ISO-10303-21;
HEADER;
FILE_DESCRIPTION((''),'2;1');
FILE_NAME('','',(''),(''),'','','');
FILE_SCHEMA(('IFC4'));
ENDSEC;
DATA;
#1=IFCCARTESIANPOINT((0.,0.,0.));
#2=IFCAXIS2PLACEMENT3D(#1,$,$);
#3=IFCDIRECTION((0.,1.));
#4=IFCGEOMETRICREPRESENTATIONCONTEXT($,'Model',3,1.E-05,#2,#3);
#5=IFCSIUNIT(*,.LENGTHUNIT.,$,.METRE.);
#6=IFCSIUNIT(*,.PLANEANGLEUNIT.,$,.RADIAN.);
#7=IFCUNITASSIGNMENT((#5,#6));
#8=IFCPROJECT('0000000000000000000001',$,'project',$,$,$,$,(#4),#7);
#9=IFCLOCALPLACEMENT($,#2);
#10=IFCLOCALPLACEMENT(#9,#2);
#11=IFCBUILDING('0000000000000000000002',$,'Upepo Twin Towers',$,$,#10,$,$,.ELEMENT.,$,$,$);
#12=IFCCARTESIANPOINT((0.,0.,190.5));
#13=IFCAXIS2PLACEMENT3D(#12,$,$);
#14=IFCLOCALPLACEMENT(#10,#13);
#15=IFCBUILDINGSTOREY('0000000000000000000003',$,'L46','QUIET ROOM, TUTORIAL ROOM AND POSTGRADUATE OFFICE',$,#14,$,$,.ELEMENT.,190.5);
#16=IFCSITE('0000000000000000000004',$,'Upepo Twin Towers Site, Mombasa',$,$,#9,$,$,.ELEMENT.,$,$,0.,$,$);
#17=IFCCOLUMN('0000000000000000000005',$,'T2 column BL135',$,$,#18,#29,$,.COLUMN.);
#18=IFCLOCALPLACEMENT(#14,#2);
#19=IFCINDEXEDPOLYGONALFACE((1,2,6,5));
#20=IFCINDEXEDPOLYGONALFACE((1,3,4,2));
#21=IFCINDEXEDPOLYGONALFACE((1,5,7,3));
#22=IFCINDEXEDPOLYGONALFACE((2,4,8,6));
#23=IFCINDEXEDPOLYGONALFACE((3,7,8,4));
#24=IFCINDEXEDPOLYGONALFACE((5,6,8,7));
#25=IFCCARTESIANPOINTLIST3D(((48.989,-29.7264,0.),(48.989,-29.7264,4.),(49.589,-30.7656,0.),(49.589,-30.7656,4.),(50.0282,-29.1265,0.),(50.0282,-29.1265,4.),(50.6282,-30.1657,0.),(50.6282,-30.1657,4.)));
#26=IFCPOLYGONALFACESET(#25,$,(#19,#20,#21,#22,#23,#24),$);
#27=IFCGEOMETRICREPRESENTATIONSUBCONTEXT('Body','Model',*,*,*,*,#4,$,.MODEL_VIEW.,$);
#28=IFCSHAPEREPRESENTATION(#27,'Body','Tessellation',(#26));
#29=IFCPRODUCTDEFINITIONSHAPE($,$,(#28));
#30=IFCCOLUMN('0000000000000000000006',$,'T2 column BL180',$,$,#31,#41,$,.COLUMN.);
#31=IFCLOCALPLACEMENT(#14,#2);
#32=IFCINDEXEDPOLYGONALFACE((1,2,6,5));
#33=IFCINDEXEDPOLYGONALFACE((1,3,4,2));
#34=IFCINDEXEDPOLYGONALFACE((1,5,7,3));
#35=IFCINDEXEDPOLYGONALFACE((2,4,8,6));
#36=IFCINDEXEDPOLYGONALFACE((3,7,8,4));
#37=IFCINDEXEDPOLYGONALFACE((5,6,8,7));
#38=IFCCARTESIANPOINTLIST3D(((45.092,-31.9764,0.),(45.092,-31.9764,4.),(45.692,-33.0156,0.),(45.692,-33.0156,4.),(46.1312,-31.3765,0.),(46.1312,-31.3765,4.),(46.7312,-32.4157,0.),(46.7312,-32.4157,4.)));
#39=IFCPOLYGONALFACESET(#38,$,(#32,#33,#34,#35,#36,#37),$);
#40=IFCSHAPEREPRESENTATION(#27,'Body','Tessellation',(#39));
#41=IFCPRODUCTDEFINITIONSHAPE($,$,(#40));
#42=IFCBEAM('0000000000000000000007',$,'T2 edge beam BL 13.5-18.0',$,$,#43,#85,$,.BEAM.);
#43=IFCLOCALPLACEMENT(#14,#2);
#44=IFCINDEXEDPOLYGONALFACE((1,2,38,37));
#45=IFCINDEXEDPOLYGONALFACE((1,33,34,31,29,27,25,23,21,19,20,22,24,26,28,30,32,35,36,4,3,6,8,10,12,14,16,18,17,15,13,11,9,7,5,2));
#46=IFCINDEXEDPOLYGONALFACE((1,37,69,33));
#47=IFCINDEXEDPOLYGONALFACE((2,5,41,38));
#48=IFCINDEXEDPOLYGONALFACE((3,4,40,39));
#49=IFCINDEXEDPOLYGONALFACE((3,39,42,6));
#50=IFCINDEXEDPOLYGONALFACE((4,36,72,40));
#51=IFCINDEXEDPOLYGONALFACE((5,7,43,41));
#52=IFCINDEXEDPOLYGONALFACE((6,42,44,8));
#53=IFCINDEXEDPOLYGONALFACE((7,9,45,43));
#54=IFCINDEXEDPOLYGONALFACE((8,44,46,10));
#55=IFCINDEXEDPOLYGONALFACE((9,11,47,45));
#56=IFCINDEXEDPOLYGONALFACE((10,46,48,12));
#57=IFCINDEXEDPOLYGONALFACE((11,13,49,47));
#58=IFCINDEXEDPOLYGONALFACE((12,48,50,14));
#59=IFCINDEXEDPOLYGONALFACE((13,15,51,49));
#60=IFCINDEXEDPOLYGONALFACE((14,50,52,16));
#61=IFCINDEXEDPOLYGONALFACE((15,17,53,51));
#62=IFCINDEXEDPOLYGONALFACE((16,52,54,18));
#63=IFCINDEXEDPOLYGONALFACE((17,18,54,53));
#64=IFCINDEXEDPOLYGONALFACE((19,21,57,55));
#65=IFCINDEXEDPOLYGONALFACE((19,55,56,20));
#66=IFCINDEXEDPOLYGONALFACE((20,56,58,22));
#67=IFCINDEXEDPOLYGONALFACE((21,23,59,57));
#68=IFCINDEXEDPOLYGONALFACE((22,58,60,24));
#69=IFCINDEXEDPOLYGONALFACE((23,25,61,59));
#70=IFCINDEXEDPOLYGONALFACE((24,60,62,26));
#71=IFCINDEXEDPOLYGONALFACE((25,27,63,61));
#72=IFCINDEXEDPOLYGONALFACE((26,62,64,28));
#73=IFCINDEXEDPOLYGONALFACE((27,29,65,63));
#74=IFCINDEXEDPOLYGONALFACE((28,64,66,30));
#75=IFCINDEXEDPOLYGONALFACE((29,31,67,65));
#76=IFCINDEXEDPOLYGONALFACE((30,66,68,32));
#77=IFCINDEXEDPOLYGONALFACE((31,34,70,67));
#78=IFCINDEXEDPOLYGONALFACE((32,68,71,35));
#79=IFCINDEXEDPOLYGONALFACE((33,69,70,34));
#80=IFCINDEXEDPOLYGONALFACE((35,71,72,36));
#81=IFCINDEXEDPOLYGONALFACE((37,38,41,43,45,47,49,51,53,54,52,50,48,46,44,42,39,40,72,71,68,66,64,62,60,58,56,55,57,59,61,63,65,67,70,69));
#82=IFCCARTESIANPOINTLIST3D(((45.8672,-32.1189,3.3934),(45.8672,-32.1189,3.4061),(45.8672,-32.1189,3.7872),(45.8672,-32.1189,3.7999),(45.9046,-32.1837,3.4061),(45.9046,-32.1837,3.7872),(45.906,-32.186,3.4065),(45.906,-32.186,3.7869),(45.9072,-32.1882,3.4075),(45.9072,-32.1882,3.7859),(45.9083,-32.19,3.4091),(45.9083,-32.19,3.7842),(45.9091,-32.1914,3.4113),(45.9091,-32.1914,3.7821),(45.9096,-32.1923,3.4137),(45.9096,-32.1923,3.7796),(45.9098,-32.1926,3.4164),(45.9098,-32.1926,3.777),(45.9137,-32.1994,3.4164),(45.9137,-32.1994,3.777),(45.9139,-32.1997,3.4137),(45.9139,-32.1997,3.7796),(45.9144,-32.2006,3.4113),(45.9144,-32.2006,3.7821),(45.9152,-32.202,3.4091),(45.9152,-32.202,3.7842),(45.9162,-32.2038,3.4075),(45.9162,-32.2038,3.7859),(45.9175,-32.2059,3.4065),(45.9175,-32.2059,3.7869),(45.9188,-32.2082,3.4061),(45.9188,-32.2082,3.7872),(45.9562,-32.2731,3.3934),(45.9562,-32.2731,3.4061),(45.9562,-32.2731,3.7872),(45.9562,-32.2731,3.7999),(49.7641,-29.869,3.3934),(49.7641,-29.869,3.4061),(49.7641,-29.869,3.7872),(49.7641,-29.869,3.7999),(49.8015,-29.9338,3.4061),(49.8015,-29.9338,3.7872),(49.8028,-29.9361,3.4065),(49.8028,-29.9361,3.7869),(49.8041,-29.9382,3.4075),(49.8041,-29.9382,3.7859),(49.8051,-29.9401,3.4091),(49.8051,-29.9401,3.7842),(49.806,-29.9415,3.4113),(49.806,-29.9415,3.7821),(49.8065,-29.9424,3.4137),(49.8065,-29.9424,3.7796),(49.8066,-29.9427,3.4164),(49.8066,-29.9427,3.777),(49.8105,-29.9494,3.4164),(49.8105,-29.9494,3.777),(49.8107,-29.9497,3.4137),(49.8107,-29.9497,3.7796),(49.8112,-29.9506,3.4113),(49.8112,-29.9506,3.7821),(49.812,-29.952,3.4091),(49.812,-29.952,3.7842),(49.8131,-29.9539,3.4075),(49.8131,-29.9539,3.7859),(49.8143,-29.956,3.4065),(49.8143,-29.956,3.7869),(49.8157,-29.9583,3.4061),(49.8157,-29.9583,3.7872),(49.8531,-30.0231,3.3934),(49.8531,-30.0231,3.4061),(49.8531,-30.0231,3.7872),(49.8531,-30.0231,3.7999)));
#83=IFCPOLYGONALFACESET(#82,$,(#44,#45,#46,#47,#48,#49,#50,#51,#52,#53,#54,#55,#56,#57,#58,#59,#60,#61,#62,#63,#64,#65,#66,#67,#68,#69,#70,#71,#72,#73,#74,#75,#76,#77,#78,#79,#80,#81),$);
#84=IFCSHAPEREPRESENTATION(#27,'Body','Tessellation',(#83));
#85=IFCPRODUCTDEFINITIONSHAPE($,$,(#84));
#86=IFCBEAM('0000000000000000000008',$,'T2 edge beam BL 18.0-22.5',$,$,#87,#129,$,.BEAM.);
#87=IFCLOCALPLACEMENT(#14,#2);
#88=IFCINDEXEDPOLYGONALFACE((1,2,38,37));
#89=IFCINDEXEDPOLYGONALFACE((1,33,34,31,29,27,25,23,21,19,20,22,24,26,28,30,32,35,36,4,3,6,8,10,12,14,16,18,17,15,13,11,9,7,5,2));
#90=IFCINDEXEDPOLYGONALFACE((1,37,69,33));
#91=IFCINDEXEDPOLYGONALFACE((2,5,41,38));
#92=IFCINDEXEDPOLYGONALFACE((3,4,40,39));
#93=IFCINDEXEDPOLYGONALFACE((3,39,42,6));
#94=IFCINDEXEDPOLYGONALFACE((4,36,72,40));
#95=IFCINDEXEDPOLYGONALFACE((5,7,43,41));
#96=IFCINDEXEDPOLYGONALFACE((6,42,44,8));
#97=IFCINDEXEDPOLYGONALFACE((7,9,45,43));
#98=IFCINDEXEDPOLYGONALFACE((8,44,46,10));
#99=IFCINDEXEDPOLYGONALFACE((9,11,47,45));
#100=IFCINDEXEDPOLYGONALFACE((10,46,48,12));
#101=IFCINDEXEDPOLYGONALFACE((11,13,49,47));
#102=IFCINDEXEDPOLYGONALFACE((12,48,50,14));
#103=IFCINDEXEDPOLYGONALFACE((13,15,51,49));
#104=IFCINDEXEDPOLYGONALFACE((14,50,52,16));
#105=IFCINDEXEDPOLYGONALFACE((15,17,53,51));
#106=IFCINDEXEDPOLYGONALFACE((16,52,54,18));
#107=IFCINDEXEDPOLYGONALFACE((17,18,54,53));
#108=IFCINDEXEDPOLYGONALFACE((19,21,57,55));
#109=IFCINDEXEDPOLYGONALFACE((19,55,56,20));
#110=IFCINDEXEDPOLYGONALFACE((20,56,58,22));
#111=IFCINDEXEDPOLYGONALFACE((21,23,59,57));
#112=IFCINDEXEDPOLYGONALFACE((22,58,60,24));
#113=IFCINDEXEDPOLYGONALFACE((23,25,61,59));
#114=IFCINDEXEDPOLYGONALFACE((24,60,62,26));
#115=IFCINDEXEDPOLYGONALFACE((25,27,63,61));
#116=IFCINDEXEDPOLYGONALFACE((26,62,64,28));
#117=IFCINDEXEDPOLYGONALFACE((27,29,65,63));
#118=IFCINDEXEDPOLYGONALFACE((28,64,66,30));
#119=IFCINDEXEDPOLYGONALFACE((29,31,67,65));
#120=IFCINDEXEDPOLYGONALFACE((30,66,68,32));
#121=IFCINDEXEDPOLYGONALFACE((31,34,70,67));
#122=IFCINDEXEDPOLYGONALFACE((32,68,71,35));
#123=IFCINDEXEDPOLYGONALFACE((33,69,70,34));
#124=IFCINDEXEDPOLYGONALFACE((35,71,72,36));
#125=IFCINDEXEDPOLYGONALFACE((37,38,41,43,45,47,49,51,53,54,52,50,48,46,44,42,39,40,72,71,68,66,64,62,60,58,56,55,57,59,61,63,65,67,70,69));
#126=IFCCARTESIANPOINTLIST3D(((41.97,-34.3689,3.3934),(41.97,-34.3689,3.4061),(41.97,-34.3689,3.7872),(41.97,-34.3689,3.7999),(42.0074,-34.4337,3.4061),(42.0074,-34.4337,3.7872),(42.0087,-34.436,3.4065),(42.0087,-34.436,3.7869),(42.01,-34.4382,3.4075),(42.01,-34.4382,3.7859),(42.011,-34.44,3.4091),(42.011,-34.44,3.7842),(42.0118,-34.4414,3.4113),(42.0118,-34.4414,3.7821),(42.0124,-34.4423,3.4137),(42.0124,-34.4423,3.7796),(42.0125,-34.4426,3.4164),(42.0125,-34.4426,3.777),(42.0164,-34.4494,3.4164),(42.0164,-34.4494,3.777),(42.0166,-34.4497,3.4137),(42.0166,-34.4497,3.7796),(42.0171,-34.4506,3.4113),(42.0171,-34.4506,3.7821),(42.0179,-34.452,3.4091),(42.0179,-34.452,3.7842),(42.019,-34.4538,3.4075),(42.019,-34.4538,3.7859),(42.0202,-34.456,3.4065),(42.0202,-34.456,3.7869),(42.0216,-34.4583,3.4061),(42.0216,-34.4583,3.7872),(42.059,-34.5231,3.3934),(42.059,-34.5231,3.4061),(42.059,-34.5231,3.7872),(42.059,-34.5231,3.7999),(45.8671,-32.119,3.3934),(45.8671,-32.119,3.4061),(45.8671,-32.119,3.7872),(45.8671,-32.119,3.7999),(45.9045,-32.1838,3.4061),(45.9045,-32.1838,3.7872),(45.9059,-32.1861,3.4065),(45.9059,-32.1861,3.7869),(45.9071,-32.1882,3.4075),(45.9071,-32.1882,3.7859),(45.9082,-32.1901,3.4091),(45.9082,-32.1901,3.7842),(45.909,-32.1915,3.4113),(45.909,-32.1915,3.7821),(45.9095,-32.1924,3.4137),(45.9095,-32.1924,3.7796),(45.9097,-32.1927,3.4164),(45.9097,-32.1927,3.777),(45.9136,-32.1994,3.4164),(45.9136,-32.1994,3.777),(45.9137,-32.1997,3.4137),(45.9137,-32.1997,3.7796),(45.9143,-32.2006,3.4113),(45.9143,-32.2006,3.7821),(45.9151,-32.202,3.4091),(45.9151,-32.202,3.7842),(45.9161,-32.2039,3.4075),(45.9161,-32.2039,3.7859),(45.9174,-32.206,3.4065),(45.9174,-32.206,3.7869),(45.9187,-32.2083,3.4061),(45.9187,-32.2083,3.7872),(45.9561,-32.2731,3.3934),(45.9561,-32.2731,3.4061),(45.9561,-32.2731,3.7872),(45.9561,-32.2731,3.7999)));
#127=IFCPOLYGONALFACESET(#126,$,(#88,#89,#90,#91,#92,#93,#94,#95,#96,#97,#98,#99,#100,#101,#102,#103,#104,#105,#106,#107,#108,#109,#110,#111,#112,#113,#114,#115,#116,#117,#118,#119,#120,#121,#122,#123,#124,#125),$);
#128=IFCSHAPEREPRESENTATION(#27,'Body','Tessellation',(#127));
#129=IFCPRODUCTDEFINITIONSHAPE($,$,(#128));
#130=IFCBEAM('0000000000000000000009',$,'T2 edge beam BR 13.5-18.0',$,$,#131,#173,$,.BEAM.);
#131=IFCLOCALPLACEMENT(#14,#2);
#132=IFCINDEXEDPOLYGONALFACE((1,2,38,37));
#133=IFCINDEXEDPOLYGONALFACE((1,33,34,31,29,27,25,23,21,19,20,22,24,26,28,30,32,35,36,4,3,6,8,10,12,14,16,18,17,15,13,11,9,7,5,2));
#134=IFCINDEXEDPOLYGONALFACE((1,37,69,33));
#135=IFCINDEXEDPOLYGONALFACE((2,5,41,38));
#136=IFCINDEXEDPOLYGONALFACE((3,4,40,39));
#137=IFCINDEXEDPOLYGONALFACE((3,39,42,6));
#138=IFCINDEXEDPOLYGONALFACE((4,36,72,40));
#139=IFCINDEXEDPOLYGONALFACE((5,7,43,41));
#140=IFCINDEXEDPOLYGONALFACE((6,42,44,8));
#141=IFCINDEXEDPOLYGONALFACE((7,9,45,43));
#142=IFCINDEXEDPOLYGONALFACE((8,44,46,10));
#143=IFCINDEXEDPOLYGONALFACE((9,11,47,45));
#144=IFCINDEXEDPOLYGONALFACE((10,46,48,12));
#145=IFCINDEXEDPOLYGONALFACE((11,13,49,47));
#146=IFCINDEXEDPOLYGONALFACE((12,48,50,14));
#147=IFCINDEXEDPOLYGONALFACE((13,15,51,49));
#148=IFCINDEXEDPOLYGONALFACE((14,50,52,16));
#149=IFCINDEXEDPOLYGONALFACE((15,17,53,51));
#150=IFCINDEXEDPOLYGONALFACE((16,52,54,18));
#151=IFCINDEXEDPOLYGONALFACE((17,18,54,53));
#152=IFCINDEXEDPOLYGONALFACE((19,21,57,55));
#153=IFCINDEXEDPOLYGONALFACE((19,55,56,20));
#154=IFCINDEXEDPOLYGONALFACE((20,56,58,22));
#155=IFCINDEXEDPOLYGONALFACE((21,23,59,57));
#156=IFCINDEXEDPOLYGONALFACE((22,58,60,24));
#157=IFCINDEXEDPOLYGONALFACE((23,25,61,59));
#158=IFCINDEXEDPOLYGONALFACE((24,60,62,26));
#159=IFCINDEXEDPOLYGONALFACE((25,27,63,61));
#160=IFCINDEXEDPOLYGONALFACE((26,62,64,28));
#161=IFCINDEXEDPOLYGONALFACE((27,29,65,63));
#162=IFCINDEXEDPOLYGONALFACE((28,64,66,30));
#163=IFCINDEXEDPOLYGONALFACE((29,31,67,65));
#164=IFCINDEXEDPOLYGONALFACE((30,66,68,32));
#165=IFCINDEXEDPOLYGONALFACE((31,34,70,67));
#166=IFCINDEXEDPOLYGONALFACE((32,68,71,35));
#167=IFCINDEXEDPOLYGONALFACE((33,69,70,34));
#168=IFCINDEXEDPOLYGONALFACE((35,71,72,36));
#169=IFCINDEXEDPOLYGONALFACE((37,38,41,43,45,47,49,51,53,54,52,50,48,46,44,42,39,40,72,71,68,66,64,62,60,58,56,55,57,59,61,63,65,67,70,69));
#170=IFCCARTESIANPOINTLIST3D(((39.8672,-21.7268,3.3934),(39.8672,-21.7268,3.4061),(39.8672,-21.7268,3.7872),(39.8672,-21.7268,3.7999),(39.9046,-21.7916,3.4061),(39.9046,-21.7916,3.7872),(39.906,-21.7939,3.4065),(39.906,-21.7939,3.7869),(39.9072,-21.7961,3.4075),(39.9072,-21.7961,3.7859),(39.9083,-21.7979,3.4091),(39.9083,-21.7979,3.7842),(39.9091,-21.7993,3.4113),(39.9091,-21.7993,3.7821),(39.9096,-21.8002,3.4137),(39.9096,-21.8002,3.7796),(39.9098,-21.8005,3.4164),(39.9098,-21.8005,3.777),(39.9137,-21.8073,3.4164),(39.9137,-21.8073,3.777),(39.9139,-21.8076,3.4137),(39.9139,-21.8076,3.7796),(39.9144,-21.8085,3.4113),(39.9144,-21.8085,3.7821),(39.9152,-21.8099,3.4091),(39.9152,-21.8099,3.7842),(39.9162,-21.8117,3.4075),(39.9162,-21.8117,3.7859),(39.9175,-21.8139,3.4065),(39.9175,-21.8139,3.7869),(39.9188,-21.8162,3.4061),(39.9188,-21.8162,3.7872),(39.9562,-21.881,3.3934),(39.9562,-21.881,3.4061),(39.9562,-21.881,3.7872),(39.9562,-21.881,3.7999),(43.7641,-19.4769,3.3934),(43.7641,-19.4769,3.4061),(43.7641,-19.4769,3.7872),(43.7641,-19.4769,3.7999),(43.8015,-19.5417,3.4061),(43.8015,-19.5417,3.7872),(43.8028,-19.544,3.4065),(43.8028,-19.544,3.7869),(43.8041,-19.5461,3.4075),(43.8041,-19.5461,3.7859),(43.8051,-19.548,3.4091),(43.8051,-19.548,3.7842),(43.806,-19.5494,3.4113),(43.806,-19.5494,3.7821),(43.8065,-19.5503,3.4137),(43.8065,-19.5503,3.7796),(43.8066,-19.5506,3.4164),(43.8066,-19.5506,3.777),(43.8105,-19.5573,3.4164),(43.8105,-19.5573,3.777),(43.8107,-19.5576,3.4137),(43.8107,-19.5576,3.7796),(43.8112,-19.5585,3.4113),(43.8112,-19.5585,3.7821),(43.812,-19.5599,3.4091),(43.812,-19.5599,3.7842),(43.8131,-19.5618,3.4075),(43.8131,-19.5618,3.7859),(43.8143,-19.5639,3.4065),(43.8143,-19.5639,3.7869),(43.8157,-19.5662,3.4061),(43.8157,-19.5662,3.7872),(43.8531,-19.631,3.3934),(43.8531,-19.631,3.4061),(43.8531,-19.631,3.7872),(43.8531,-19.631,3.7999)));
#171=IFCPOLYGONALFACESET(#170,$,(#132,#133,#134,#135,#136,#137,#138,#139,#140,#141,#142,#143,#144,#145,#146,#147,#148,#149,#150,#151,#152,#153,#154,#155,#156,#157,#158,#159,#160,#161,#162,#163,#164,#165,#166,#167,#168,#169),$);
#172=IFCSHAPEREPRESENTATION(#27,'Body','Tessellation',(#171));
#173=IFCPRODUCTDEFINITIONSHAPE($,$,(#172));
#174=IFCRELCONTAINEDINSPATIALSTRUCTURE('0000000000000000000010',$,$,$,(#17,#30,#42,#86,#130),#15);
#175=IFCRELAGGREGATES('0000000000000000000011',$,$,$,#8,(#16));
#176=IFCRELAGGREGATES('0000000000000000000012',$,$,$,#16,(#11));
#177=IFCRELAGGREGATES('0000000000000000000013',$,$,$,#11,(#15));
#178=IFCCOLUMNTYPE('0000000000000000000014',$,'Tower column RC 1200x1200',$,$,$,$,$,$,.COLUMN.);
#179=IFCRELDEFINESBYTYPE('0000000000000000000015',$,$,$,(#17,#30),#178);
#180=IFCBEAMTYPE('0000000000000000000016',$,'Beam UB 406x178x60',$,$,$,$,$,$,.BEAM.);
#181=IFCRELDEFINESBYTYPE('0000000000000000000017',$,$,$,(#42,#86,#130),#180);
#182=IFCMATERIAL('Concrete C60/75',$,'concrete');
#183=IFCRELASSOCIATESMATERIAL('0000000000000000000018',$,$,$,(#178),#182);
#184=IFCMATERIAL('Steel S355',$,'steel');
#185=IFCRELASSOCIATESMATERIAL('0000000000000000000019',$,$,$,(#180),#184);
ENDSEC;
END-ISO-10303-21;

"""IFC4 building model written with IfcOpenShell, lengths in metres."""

from ifc_helpers import new_model, si_unit, direction, frame, origin, origin_2d, place, context, subcontext, project, spatial, rectangle, i_section, extrude, material, material_profile, profile_set, type_object, element, save


model = new_model("IFC4")

# Units and contexts
model_context = context("Model", 3, precision=1e-05, world=origin(), true_north=direction((0.0, 1.0)))
body_context = subcontext(model_context, "Body", "Model", "MODEL_VIEW")
ifc_project = project(units=[si_unit("LENGTHUNIT", "METRE"), si_unit("PLANEANGLEUNIT", "RADIAN")], contexts=[model_context])

# Site, building, storey
site_placement = place(None, origin())
site = spatial("IfcSite", under=ifc_project, at=site_placement, Name="Upepo Twin Towers Site, Mombasa", CompositionType="ELEMENT", RefElevation=0.0)
building_placement = place(site_placement, origin())
building = spatial("IfcBuilding", under=site, at=building_placement, Name="Upepo Twin Towers", CompositionType="ELEMENT")
storey_placement = place(building_placement, frame((0.0, 0.0, 190.5)))
storey = spatial("IfcBuildingStorey", under=building, at=storey_placement, Name="L46", Description="QUIET ROOM, TUTORIAL ROOM AND POSTGRADUATE OFFICE", CompositionType="ELEMENT", Elevation=190.5)

# Columns
ifc_material_1 = material(Name="Concrete C60/75", Category="concrete")
ifc_material_profile_1 = material_profile(ifc_material_1, rectangle(XDim=1.2, YDim=1.2, at=origin_2d()), Name="RC 1200x1200")
ifc_profile_set_1 = profile_set([ifc_material_profile_1], Name="Concrete C60/75")
column_type = type_object("IfcColumnType", Name="Tower column RC 1200x1200", PredefinedType="COLUMN", material=ifc_profile_set_1)
for number, where, z_axis, x_axis, name in (
    (1, (49.8086, -29.946, 0.0), (0.0, 0.0, 1.0), (0.866025, 0.5, 0.0), "T2 column BL135"),
    (2, (45.9116, -32.196, 0.0), (0.0, 0.0, 1.0), (0.866025, 0.5, 0.0), "T2 column BL180"),
):
    element("IfcColumn", number, at=place(storey_placement, frame(where, z_axis=z_axis, x_axis=x_axis)), inside=storey, type_object=column_type, Name=name, PredefinedType="COLUMN", context=body_context, shape_type="SweptSolid", body=[
        extrude(rectangle(XDim=1.2, YDim=1.2, at=origin_2d()), origin(), (0.0, 0.0, 1.0), 4.0),
    ])

# Beams
ifc_material_2 = material(Name="Steel S355", Category="steel")
ifc_material_profile_2 = material_profile(ifc_material_2, i_section(OverallWidth=0.178, OverallDepth=0.4065, WebThickness=0.0078, FlangeThickness=0.0127, FilletRadius=0.0103, at=origin_2d()), Name="UB 406x178x60")
ifc_profile_set_2 = profile_set([ifc_material_profile_2], Name="Steel S355")
beam_type_1 = type_object("IfcBeamType", Name="Beam UB 406x178x60", PredefinedType="BEAM", material=ifc_profile_set_2)
beam_1_placement = place(storey_placement, frame((49.8086, -29.946, 3.5967), z_axis=(-0.866018, -0.500014, 0.0), x_axis=(0.500014, -0.866018, 0.0)))
element("IfcBeam", 3, at=beam_1_placement, inside=storey, type_object=beam_type_1, Name="T2 edge beam BL 13.5-18.0", PredefinedType="BEAM", context=body_context, shape_type="SweptSolid", body=[
    extrude(i_section(OverallWidth=0.178, OverallDepth=0.4065, WebThickness=0.0078, FlangeThickness=0.0127, FilletRadius=0.0103, at=origin_2d()), origin(), (0.0, 0.0, 1.0), 4.4998),
])
beam_2_placement = place(storey_placement, frame((45.9116, -32.196, 3.5967), z_axis=(-0.866031, -0.49999, 0.0), x_axis=(0.49999, -0.866031, 0.0)))
element("IfcBeam", 4, at=beam_2_placement, inside=storey, type_object=beam_type_1, Name="T2 edge beam BL 18.0-22.5", PredefinedType="BEAM", context=body_context, shape_type="SweptSolid", body=[
    extrude(i_section(OverallWidth=0.178, OverallDepth=0.4065, WebThickness=0.0078, FlangeThickness=0.0127, FilletRadius=0.0103, at=origin_2d()), origin(), (0.0, 0.0, 1.0), 4.5),
])
beam_3_placement = place(storey_placement, frame((43.8086, -19.554, 3.5967), z_axis=(-0.866018, -0.500014, 0.0), x_axis=(0.500014, -0.866018, 0.0)))
element("IfcBeam", 5, at=beam_3_placement, inside=storey, type_object=beam_type_1, Name="T2 edge beam BR 13.5-18.0", PredefinedType="BEAM", context=body_context, shape_type="SweptSolid", body=[
    extrude(i_section(OverallWidth=0.178, OverallDepth=0.4065, WebThickness=0.0078, FlangeThickness=0.0127, FilletRadius=0.0103, at=origin_2d()), origin(), (0.0, 0.0, 1.0), 4.4998),
])

save(model, "model.ifc")
